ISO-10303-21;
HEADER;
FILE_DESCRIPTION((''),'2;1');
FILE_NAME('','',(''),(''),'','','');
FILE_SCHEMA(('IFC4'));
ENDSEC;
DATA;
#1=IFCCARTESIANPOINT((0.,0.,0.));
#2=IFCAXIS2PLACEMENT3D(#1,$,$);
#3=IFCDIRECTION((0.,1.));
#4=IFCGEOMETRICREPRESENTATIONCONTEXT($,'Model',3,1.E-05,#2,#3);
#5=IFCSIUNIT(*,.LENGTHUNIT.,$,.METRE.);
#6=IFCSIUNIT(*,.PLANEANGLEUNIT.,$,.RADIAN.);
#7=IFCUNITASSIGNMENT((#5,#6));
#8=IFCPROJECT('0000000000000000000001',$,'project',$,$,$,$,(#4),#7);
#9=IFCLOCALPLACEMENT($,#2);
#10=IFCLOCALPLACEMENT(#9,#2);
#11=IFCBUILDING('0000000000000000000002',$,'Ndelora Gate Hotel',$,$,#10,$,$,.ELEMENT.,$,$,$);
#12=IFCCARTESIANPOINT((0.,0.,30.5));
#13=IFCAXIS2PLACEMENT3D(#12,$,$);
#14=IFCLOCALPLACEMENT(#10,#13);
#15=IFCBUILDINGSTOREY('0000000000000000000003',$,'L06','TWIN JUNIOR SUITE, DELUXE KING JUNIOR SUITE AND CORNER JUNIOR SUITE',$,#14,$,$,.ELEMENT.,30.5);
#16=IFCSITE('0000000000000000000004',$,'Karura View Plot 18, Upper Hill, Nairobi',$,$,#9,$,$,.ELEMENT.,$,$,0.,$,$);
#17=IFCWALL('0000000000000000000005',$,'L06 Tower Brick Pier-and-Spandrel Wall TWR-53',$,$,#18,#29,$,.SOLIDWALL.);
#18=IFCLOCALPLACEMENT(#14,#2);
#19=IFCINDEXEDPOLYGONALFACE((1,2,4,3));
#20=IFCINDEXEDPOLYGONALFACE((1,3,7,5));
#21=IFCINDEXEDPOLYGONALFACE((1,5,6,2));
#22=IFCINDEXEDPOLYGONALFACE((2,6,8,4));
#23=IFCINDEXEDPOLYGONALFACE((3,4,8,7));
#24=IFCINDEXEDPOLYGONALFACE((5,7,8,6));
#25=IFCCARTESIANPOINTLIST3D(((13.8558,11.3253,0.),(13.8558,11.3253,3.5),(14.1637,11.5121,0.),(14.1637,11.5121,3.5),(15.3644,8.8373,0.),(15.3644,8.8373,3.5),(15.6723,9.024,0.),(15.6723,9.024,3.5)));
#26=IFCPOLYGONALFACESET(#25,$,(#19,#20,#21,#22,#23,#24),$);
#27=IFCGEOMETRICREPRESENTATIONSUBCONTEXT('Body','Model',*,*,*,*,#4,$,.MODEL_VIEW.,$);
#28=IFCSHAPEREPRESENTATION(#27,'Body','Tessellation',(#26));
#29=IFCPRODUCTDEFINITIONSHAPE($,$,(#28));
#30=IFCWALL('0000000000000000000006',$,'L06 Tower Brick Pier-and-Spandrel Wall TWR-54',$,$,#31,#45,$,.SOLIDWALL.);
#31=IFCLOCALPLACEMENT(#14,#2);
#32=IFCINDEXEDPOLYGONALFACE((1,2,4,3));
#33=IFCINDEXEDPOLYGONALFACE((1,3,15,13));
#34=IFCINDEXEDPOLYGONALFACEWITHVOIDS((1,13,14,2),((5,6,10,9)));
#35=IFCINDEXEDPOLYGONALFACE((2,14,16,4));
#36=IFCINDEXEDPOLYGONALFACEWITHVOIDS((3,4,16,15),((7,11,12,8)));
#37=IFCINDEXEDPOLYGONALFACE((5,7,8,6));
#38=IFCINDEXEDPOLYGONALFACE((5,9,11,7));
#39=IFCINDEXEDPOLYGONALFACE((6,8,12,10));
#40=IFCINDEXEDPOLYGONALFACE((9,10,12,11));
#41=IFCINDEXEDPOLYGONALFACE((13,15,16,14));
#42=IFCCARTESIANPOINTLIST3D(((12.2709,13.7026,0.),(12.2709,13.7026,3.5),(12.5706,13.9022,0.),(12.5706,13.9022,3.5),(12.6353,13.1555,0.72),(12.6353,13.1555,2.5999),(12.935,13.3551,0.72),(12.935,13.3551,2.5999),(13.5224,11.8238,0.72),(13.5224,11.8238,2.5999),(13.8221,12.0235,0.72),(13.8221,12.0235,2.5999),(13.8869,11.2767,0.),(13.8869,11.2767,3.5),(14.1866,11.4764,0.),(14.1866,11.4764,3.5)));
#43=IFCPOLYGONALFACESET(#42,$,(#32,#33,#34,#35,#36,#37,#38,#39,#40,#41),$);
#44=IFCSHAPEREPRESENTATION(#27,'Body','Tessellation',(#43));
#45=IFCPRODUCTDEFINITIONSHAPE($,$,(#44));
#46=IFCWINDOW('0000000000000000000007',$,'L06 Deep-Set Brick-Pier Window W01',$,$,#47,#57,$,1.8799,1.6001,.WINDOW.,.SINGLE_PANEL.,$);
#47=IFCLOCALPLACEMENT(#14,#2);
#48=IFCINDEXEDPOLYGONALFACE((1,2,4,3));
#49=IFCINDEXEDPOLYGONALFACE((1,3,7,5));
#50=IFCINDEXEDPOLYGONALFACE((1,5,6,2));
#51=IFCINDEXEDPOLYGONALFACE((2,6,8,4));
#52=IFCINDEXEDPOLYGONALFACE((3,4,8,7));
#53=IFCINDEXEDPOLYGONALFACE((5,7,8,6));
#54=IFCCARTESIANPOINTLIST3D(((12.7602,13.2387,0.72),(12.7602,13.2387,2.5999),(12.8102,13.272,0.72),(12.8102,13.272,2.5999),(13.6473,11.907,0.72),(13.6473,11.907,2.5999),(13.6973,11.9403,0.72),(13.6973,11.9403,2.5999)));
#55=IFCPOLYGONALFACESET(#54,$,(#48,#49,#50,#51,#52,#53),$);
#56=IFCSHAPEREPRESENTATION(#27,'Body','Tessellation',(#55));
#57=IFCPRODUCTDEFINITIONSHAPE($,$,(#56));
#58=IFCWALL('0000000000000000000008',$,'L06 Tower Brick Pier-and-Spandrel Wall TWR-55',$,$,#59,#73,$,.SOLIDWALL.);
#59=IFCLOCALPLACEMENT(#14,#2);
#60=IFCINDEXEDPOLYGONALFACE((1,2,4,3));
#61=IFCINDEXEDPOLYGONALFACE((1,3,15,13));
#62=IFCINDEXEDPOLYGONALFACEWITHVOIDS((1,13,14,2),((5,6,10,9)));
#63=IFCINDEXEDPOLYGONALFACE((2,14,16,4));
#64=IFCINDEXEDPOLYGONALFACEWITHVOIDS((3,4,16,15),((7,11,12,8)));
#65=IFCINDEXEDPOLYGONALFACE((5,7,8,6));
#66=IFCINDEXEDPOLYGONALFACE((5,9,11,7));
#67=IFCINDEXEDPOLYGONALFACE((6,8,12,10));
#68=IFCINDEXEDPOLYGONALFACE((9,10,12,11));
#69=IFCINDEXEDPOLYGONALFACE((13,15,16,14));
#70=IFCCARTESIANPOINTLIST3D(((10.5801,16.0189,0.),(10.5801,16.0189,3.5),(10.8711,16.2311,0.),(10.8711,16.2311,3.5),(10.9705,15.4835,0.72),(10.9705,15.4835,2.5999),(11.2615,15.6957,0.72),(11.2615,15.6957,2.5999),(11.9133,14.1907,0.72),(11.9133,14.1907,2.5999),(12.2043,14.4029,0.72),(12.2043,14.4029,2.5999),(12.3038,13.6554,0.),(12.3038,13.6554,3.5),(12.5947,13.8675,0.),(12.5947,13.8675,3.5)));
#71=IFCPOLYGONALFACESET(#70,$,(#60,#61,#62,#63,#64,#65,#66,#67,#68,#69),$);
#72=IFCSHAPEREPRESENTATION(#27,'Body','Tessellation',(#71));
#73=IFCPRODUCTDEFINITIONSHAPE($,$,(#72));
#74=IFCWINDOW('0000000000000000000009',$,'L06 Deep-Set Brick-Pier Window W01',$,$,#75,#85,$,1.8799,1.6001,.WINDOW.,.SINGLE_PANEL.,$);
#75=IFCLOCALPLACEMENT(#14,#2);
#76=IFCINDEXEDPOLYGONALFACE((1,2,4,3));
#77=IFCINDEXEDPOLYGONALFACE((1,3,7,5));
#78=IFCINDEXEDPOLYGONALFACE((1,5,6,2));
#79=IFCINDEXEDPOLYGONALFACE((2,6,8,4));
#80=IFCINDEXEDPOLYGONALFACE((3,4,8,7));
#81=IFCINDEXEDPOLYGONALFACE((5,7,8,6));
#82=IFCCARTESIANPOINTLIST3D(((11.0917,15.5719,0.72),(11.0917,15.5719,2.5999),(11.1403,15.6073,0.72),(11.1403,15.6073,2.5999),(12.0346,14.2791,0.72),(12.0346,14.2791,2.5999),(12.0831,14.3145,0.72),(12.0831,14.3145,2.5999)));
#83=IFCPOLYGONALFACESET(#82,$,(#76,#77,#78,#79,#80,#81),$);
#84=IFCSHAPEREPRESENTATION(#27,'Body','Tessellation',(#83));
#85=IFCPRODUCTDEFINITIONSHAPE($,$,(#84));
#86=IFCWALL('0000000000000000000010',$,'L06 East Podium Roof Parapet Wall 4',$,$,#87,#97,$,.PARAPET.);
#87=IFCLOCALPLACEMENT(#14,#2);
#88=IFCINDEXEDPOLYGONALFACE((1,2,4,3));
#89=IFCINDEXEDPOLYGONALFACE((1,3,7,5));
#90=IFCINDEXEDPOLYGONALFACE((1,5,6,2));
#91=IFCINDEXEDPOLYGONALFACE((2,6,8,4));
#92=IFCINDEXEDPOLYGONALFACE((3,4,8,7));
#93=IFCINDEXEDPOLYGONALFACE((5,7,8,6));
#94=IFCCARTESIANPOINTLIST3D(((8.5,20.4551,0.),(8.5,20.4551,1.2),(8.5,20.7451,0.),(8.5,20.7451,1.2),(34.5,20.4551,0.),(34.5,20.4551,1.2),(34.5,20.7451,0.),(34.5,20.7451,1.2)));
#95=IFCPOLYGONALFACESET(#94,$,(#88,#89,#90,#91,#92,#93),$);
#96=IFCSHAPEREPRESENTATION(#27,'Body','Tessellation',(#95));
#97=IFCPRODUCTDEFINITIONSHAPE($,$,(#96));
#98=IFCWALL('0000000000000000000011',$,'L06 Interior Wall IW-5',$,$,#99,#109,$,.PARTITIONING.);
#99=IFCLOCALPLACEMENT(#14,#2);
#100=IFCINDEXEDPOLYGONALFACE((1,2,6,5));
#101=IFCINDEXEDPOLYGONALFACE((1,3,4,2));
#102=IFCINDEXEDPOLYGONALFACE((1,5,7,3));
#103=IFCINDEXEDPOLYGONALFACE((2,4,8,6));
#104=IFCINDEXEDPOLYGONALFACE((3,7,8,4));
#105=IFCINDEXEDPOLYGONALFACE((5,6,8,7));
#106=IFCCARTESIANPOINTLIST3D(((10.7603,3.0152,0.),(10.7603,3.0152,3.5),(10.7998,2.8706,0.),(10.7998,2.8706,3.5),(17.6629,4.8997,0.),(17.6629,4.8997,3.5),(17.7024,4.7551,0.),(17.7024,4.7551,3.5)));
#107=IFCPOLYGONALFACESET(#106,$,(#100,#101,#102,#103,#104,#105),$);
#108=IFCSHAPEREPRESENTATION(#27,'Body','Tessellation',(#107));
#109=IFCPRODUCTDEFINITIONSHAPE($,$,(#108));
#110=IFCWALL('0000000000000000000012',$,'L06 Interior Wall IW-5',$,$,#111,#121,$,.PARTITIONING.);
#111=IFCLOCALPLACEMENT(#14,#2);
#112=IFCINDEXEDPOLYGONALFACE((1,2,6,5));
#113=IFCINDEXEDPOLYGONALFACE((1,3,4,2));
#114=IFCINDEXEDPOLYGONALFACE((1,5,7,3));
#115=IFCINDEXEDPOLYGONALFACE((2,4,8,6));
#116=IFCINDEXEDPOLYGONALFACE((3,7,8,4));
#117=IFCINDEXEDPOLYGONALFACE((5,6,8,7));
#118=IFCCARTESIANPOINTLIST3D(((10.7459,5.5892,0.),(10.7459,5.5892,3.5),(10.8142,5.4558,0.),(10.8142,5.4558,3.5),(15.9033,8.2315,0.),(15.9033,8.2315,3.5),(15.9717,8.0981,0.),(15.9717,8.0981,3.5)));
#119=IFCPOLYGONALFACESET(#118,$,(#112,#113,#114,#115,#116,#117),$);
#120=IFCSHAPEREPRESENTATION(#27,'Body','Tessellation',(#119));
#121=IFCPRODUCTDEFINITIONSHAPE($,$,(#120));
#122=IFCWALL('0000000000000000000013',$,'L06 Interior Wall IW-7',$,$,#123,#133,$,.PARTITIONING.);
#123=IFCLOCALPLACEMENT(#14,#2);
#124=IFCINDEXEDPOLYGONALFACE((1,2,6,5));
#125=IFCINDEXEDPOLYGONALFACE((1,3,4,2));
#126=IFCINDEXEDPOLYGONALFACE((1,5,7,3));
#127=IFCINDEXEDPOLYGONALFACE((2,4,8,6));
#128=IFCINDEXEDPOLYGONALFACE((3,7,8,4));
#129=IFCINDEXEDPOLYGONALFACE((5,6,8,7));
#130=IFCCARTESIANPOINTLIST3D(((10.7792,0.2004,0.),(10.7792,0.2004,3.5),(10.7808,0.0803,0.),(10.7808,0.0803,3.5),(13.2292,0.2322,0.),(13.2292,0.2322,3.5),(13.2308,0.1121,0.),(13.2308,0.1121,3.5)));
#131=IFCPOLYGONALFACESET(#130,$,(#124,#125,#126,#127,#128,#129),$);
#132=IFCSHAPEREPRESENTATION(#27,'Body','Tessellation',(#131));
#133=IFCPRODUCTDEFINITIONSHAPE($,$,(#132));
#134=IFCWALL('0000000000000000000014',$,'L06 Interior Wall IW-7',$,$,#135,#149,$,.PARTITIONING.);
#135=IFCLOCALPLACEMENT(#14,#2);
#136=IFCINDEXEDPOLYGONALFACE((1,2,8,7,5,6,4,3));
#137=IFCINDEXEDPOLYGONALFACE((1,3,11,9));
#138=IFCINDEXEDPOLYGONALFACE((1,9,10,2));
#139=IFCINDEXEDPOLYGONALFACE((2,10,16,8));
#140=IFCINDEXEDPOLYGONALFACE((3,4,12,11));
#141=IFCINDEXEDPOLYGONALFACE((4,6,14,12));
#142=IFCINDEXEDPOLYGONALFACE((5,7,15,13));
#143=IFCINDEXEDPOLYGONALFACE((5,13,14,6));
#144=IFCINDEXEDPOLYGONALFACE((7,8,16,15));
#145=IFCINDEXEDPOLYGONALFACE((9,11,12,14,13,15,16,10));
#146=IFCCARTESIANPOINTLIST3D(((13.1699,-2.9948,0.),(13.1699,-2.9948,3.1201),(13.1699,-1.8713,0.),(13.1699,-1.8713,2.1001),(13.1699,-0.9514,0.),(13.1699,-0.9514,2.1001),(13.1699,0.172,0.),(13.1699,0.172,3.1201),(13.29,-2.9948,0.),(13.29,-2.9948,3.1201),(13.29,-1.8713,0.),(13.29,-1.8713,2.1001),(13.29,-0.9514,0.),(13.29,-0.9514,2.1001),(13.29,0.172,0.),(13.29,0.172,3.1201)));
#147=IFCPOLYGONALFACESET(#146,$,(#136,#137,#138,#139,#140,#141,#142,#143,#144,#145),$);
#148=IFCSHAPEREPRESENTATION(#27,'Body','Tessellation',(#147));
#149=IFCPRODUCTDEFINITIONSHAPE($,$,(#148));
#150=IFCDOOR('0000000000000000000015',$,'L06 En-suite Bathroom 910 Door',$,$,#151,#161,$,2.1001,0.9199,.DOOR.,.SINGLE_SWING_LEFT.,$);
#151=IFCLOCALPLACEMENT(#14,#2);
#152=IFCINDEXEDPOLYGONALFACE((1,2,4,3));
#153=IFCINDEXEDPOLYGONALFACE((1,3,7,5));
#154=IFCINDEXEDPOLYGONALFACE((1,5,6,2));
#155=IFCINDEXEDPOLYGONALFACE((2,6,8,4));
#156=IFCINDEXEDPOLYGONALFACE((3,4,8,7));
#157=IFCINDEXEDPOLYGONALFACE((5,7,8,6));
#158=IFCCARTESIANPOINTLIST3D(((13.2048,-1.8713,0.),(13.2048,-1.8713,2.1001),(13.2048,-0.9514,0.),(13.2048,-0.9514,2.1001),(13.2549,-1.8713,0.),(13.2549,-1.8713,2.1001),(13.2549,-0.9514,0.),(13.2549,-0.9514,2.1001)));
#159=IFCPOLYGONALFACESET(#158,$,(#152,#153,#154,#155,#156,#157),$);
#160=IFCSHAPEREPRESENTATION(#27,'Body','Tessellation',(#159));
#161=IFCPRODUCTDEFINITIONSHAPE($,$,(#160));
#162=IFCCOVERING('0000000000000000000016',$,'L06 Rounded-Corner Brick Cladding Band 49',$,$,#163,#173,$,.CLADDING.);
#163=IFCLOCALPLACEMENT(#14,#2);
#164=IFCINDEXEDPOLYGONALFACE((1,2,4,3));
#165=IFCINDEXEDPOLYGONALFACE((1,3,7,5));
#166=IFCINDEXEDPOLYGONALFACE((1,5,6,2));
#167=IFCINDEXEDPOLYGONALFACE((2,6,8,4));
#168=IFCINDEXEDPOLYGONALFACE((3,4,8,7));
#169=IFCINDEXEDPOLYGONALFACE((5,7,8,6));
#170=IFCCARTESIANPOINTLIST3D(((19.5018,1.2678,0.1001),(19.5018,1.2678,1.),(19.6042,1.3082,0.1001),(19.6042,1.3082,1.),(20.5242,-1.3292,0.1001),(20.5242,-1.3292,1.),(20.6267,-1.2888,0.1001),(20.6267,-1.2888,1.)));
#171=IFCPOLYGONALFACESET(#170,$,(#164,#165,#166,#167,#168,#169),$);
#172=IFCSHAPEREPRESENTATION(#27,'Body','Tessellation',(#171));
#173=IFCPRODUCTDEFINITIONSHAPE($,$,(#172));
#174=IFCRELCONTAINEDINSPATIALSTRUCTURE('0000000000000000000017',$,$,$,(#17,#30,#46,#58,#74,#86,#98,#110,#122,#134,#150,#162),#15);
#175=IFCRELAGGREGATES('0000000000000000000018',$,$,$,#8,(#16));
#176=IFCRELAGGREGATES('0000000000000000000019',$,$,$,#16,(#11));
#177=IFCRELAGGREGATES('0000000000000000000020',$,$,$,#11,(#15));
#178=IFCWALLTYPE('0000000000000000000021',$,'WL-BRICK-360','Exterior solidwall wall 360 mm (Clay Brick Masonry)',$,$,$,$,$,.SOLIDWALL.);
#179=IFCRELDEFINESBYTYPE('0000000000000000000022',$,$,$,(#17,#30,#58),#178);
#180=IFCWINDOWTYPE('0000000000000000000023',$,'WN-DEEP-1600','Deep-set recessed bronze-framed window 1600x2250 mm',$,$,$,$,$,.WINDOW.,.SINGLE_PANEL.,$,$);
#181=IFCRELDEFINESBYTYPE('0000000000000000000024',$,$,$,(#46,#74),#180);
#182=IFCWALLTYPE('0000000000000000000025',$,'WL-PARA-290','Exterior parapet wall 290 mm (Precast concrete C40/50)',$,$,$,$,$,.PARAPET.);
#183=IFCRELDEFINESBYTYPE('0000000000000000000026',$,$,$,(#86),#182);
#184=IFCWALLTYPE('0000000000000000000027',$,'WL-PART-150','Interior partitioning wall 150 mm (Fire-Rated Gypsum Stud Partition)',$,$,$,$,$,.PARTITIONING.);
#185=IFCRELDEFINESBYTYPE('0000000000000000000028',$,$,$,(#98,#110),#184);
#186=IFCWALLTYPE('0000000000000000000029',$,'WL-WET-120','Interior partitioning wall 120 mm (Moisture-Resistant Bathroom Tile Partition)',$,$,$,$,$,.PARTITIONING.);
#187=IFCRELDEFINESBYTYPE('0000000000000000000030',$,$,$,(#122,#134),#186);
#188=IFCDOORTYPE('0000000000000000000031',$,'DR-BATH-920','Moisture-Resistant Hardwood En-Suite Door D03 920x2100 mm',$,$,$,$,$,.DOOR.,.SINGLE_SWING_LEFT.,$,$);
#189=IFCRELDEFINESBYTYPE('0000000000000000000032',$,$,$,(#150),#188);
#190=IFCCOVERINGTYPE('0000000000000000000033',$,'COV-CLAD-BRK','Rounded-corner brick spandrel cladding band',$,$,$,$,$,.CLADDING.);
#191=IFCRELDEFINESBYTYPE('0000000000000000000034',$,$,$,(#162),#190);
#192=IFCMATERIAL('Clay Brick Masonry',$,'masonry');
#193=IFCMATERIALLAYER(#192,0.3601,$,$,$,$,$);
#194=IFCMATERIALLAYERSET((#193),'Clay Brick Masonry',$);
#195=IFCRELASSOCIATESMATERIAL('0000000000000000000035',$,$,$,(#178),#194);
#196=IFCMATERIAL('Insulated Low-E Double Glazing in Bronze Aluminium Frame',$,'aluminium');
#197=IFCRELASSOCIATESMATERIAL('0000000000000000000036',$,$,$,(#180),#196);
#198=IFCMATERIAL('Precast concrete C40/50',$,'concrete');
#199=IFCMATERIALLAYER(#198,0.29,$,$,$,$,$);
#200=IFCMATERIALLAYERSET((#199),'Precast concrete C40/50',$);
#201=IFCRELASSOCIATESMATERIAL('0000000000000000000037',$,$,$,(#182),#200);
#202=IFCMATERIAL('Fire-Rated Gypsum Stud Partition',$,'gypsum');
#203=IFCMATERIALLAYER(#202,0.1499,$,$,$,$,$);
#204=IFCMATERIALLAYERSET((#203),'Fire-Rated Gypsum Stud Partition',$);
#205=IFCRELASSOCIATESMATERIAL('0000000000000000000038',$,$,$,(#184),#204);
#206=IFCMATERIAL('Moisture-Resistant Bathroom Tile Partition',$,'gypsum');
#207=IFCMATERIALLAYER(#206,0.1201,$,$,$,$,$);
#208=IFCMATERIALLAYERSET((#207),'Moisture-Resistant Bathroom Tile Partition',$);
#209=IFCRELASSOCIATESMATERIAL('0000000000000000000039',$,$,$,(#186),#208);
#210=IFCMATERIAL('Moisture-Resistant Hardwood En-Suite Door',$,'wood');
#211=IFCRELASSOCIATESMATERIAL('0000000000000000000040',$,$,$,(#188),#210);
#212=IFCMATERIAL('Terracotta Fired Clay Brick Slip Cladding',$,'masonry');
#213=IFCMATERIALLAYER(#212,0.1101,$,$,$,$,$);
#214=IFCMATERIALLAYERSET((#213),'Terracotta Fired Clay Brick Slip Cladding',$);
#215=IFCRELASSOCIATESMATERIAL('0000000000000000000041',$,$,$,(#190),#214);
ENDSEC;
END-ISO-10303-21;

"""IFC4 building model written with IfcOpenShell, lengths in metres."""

from ifc_helpers import new_model, si_unit, direction, frame, frame_2d, origin, origin_2d, place, context, subcontext, project, spatial, rectangle, extrude, material, layer, layer_set, type_object, element, fill, save


model = new_model("IFC4")

# Units and contexts
model_context = context("Model", 3, precision=1e-05, world=origin(), true_north=direction((0.0, 1.0)))
body_context = subcontext(model_context, "Body", "Model", "MODEL_VIEW")
ifc_project = project(units=[si_unit("LENGTHUNIT", "METRE"), si_unit("PLANEANGLEUNIT", "RADIAN")], contexts=[model_context])

# Site, building, storey
site_placement = place(None, origin())
site = spatial("IfcSite", under=ifc_project, at=site_placement, Name="Karura View Plot 18, Upper Hill, Nairobi", CompositionType="ELEMENT", RefElevation=0.0)
building_placement = place(site_placement, origin())
building = spatial("IfcBuilding", under=site, at=building_placement, Name="Ndelora Gate Hotel", CompositionType="ELEMENT")
storey_placement = place(building_placement, frame((0.0, 0.0, 30.5)))
storey = spatial("IfcBuildingStorey", under=building, at=storey_placement, Name="L06", Description="TWIN JUNIOR SUITE, DELUXE KING JUNIOR SUITE AND CORNER JUNIOR SUITE", CompositionType="ELEMENT", Elevation=30.5)

# Shared definitions
ifc_material_1 = material(Name="Clay Brick Masonry", Category="masonry")
ifc_layer_1 = layer(ifc_material_1, 0.3601)
ifc_layer_set_1 = layer_set([ifc_layer_1], Name="Clay Brick Masonry")
wall_type_1 = type_object("IfcWallType", Name="WL-BRICK-360", Description="Exterior solidwall wall 360 mm (Clay Brick Masonry)", PredefinedType="SOLIDWALL", material=ifc_layer_set_1)
ifc_material_2 = material(Name="Insulated Low-E Double Glazing in Bronze Aluminium Frame", Category="aluminium")

# Wall
wall_1_placement = place(storey_placement, frame((14.0098, 11.4187, 0.0), z_axis=(0.0, 0.0, 1.0), x_axis=(0.518463, -0.8551, 0.0)))
element("IfcWall", 1, at=wall_1_placement, inside=storey, type_object=wall_type_1, Name="L06 Tower Brick Pier-and-Spandrel Wall TWR-53", PredefinedType="SOLIDWALL", context=body_context, shape_type="SweptSolid", body=[
    extrude(rectangle(XDim=2.9097, YDim=0.3601, at=frame_2d((1.4548, 0.0))), origin(), (0.0, 0.0, 1.0), 3.5),
])

# Walls, openings, windows
wall_2_placement = place(storey_placement, frame((12.4207, 13.8025, 0.0), z_axis=(0.0, 0.0, 1.0), x_axis=(0.55441, -0.832244, 0.0)))
wall_2 = element("IfcWall", 2, at=wall_2_placement, inside=storey, type_object=wall_type_1, Name="L06 Tower Brick Pier-and-Spandrel Wall TWR-54", PredefinedType="SOLIDWALL", context=body_context, shape_type="SweptSolid", body=[
    extrude(rectangle(XDim=2.9148, YDim=0.3601, at=frame_2d((1.4575, 0.0))), origin(), (0.0, 0.0, 1.0), 3.5),
])
opening_1_placement = place(wall_2_placement, frame((0.6575, 0.0, 0.72)))
opening_1 = element("IfcOpeningElement", 3, at=opening_1_placement, cuts=wall_2, PredefinedType="OPENING", context=body_context, shape_type="SweptSolid", body=[
    extrude(rectangle(XDim=1.6001, YDim=1.8799, at=frame_2d((0.8, 0.9399))), frame((0.0, 0.1899, 0.0), z_axis=(0.0, -1.0, 0.0), x_axis=(1.0, 0.0, 0.0)), (0.0, 0.0, 1.0), 0.3801),
])
window_type_1 = type_object("IfcWindowType", Name="WN-DEEP-1600", Description="Deep-set recessed bronze-framed window 1600x2250 mm", PartitioningType="SINGLE_PANEL", PredefinedType="WINDOW", material=ifc_material_2)
window_1_placement = place(opening_1_placement, origin())
window_1 = element("IfcWindow", 4, at=window_1_placement, inside=storey, type_object=window_type_1, Name="L06 Deep-Set Brick-Pier Window W01", OverallHeight=1.8799, OverallWidth=1.6001, PartitioningType="SINGLE_PANEL", PredefinedType="WINDOW", context=body_context, shape_type="SweptSolid", body=[
    extrude(rectangle(XDim=1.6001, YDim=1.8799, at=frame_2d((0.8, 0.9399))), frame((0.0, 0.03, 0.0), z_axis=(0.0, -1.0, 0.0), x_axis=(1.0, 0.0, 0.0)), (0.0, 0.0, 1.0), 0.0601),
])
fill(opening_1, window_1)
wall_3_placement = place(storey_placement, frame((10.7256, 16.125, 0.0), z_axis=(0.0, 0.0, 1.0), x_axis=(0.589223, -0.80797, 0.0)))
wall_3 = element("IfcWall", 5, at=wall_3_placement, inside=storey, type_object=wall_type_1, Name="L06 Tower Brick Pier-and-Spandrel Wall TWR-55", PredefinedType="SOLIDWALL", context=body_context, shape_type="SweptSolid", body=[
    extrude(rectangle(XDim=2.9253, YDim=0.3601, at=frame_2d((1.4626, 0.0))), origin(), (0.0, 0.0, 1.0), 3.5),
])
opening_2_placement = place(wall_3_placement, frame((0.6626, 0.0, 0.72)))
opening_2 = element("IfcOpeningElement", 6, at=opening_2_placement, cuts=wall_3, PredefinedType="OPENING", context=body_context, shape_type="SweptSolid", body=[
    extrude(rectangle(XDim=1.6001, YDim=1.8799, at=frame_2d((0.8, 0.9399))), frame((0.0, 0.1899, 0.0), z_axis=(0.0, -1.0, 0.0), x_axis=(1.0, 0.0, 0.0)), (0.0, 0.0, 1.0), 0.3801),
])
window_2_placement = place(opening_2_placement, origin())
window_2 = element("IfcWindow", 7, at=window_2_placement, inside=storey, type_object=window_type_1, Name="L06 Deep-Set Brick-Pier Window W01", OverallHeight=1.8799, OverallWidth=1.6001, PartitioningType="SINGLE_PANEL", PredefinedType="WINDOW", context=body_context, shape_type="SweptSolid", body=[
    extrude(rectangle(XDim=1.6001, YDim=1.8799, at=frame_2d((0.8, 0.9399))), frame((0.0, 0.03, 0.0), z_axis=(0.0, -1.0, 0.0), x_axis=(1.0, 0.0, 0.0)), (0.0, 0.0, 1.0), 0.0601),
])
fill(opening_2, window_2)

# Wall
ifc_material_3 = material(Name="Precast concrete C40/50", Category="concrete")
ifc_layer_2 = layer(ifc_material_3, 0.29)
ifc_layer_set_2 = layer_set([ifc_layer_2], Name="Precast concrete C40/50")
wall_type_2 = type_object("IfcWallType", Name="WL-PARA-290", Description="Exterior parapet wall 290 mm (Precast concrete C40/50)", PredefinedType="PARAPET", material=ifc_layer_set_2)
wall_4_placement = place(storey_placement, frame((34.5, 20.6001, 0.0), z_axis=(0.0, 0.0, 1.0), x_axis=(-1.0, 0.0, 0.0)))
element("IfcWall", 8, at=wall_4_placement, inside=storey, type_object=wall_type_2, Name="L06 East Podium Roof Parapet Wall 4", PredefinedType="PARAPET", context=body_context, shape_type="SweptSolid", body=[
    extrude(rectangle(XDim=26.0, YDim=0.29, at=frame_2d((13.0, 0.0))), origin(), (0.0, 0.0, 1.0), 1.2),
])

# Shared definitions
ifc_material_4 = material(Name="Fire-Rated Gypsum Stud Partition", Category="gypsum")
ifc_layer_3 = layer(ifc_material_4, 0.1499)
ifc_layer_set_3 = layer_set([ifc_layer_3], Name="Fire-Rated Gypsum Stud Partition")
wall_type_3 = type_object("IfcWallType", Name="WL-PART-150", Description="Interior partitioning wall 150 mm (Fire-Rated Gypsum Stud Partition)", PredefinedType="PARTITIONING", material=ifc_layer_set_3)

# Walls
wall_5_placement = place(storey_placement, frame((10.78, 2.9429, 0.0), z_axis=(0.0, 0.0, 1.0), x_axis=(0.964693, 0.263377, 0.0)))
element("IfcWall", 9, at=wall_5_placement, inside=storey, type_object=wall_type_3, Name="L06 Interior Wall IW-5", PredefinedType="PARTITIONING", context=body_context, shape_type="SweptSolid", body=[
    extrude(rectangle(XDim=7.1553, YDim=0.1499, at=frame_2d((3.5776, 0.0))), origin(), (0.0, 0.0, 1.0), 3.5),
])
wall_6_placement = place(storey_placement, frame((10.78, 5.5225, 0.0), z_axis=(0.0, 0.0, 1.0), x_axis=(0.889994, 0.455972, 0.0)))
element("IfcWall", 10, at=wall_6_placement, inside=storey, type_object=wall_type_3, Name="L06 Interior Wall IW-5", PredefinedType="PARTITIONING", context=body_context, shape_type="SweptSolid", body=[
    extrude(rectangle(XDim=5.7949, YDim=0.1499, at=frame_2d((2.8975, 0.0))), origin(), (0.0, 0.0, 1.0), 3.5),
])
ifc_material_5 = material(Name="Moisture-Resistant Bathroom Tile Partition", Category="gypsum")
ifc_layer_4 = layer(ifc_material_5, 0.1201)
ifc_layer_set_4 = layer_set([ifc_layer_4], Name="Moisture-Resistant Bathroom Tile Partition")
wall_type_4 = type_object("IfcWallType", Name="WL-WET-120", Description="Interior partitioning wall 120 mm (Moisture-Resistant Bathroom Tile Partition)", PredefinedType="PARTITIONING", material=ifc_layer_set_4)
wall_7_placement = place(storey_placement, frame((13.23, 0.1721, 0.0), z_axis=(0.0, 0.0, 1.0), x_axis=(-0.999916, -0.012954, 0.0)))
element("IfcWall", 11, at=wall_7_placement, inside=storey, type_object=wall_type_4, Name="L06 Interior Wall IW-7", PredefinedType="PARTITIONING", context=body_context, shape_type="SweptSolid", body=[
    extrude(rectangle(XDim=2.4502, YDim=0.1201, at=frame_2d((1.2251, 0.0))), origin(), (0.0, 0.0, 1.0), 3.5),
])

# Wall, opening, door
wall_8_placement = place(storey_placement, frame((13.23, 0.1721, 0.0), z_axis=(0.0, 0.0, 1.0), x_axis=(0.0, -1.0, 0.0)))
wall_8 = element("IfcWall", 12, at=wall_8_placement, inside=storey, type_object=wall_type_4, Name="L06 Interior Wall IW-7", PredefinedType="PARTITIONING", context=body_context, shape_type="SweptSolid", body=[
    extrude(rectangle(XDim=3.1667, YDim=0.1201, at=frame_2d((1.5835, 0.0))), origin(), (0.0, 0.0, 1.0), 3.1201),
])
opening_3_placement = place(wall_8_placement, frame((1.1235, 0.0, 0.0)))
opening_3 = element("IfcOpeningElement", 13, at=opening_3_placement, cuts=wall_8, PredefinedType="OPENING", context=body_context, shape_type="SweptSolid", body=[
    extrude(rectangle(XDim=0.9199, YDim=2.1001, at=frame_2d((0.46, 1.05))), frame((0.0, 0.0701, 0.0), z_axis=(0.0, -1.0, 0.0), x_axis=(1.0, 0.0, 0.0)), (0.0, 0.0, 1.0), 0.1401),
])
ifc_material_6 = material(Name="Moisture-Resistant Hardwood En-Suite Door", Category="wood")
door_type_1 = type_object("IfcDoorType", Name="DR-BATH-920", Description="Moisture-Resistant Hardwood En-Suite Door D03 920x2100 mm", OperationType="SINGLE_SWING_LEFT", PredefinedType="DOOR", material=ifc_material_6)
door_1_placement = place(opening_3_placement, origin())
door_1 = element("IfcDoor", 14, at=door_1_placement, inside=storey, type_object=door_type_1, Name="L06 En-suite Bathroom 910 Door", OperationType="SINGLE_SWING_LEFT", OverallHeight=2.1001, OverallWidth=0.9199, PredefinedType="DOOR", context=body_context, shape_type="SweptSolid", body=[
    extrude(rectangle(XDim=0.9199, YDim=2.1001, at=frame_2d((0.46, 1.05))), frame((0.0, 0.0249, 0.0), z_axis=(0.0, -1.0, 0.0), x_axis=(1.0, 0.0, 0.0)), (0.0, 0.0, 1.0), 0.05),
])
fill(opening_3, door_1)

# Covering
ifc_material_7 = material(Name="Terracotta Fired Clay Brick Slip Cladding", Category="masonry")
ifc_layer_5 = layer(ifc_material_7, 0.1101)
ifc_layer_set_5 = layer_set([ifc_layer_5], Name="Terracotta Fired Clay Brick Slip Cladding")
covering_type_1 = type_object("IfcCoveringType", Name="COV-CLAD-BRK", Description="Rounded-corner brick spandrel cladding band", PredefinedType="CLADDING", material=ifc_layer_set_5)
covering_1_placement = place(storey_placement, frame((20.0642, -0.0105, 0.1001), z_axis=(0.0, 0.0, 1.0), x_axis=(-0.366339, 0.930482, 0.0)))
element("IfcCovering", 15, at=covering_1_placement, inside=storey, type_object=covering_type_1, Name="L06 Rounded-Corner Brick Cladding Band 49", PredefinedType="CLADDING", context=body_context, shape_type="SweptSolid", body=[
    extrude(rectangle(XDim=2.791, YDim=0.1101, at=origin_2d()), origin(), (0.0, 0.0, 1.0), 0.8999),
])

save(model, "model.ifc")
